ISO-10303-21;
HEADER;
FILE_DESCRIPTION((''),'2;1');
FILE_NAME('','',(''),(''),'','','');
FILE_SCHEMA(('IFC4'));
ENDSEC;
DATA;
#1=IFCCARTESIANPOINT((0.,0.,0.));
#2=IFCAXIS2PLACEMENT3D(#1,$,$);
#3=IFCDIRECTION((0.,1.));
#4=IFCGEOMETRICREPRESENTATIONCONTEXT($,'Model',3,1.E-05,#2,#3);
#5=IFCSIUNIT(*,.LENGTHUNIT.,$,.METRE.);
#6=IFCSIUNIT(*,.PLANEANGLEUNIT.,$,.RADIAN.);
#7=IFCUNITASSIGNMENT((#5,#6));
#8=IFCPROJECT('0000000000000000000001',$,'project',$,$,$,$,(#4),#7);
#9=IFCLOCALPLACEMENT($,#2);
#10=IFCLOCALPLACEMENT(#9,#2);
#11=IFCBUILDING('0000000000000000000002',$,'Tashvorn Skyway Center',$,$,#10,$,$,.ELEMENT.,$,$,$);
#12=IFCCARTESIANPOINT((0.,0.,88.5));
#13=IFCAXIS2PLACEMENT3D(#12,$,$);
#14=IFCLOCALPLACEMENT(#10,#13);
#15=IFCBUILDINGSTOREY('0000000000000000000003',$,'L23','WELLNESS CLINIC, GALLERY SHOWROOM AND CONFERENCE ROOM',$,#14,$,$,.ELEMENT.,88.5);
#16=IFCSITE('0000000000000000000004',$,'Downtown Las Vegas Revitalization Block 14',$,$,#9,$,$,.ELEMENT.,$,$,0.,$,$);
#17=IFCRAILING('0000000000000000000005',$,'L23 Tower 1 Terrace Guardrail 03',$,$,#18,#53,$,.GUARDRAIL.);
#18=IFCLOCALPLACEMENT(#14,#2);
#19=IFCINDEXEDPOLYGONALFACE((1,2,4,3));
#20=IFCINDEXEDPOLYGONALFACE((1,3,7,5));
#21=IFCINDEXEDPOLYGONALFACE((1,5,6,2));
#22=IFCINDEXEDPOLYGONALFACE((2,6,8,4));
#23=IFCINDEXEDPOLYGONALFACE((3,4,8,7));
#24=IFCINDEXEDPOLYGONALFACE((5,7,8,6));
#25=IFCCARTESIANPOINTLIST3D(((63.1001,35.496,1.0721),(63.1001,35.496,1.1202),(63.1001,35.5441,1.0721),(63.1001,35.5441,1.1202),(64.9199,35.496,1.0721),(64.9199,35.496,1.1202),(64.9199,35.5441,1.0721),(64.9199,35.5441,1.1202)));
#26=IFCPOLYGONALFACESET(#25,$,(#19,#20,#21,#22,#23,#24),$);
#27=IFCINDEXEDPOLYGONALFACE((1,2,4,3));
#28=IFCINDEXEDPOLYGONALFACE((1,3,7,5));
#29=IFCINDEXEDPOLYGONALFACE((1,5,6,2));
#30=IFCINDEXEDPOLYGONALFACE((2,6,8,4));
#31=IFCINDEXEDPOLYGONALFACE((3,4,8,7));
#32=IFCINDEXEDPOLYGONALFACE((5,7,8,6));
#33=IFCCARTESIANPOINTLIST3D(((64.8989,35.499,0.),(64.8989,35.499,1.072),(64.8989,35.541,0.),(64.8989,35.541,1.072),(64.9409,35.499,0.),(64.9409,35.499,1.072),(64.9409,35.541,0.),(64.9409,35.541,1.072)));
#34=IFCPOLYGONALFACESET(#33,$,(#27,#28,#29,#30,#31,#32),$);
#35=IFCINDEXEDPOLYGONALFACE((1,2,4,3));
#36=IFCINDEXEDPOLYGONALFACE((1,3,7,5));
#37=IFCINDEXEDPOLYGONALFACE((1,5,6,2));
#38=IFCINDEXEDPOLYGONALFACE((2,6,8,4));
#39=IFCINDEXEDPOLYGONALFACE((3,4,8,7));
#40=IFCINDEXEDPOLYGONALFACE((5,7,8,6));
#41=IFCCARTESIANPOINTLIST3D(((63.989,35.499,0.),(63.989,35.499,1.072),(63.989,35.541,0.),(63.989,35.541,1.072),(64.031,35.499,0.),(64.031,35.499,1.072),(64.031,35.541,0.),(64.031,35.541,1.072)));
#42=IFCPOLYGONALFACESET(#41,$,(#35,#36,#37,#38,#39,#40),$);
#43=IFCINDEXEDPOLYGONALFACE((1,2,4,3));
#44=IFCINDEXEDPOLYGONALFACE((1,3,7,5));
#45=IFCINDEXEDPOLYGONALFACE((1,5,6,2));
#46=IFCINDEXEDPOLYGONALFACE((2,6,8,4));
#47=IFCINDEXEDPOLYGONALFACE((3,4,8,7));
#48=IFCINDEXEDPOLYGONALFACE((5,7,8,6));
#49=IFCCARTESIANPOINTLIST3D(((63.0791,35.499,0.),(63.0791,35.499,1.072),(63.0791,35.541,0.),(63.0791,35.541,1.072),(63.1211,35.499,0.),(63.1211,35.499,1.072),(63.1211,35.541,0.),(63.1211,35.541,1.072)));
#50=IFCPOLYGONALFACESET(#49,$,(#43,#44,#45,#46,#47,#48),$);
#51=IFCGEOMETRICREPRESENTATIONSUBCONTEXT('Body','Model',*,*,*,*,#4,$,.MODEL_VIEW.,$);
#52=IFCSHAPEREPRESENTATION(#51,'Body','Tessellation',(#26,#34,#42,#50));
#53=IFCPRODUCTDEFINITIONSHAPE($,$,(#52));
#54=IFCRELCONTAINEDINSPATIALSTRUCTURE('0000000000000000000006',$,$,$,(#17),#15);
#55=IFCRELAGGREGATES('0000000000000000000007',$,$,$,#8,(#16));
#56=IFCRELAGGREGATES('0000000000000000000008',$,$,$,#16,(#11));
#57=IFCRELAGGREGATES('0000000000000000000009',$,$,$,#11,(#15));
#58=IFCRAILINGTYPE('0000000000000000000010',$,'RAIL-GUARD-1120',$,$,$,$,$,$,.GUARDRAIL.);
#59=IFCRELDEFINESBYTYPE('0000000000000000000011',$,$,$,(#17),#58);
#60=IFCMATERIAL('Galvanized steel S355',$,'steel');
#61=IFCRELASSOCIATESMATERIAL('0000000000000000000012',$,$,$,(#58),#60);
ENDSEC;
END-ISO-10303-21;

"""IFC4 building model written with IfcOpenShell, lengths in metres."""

from ifc_helpers import new_model, si_unit, direction, frame, origin, origin_2d, place, context, subcontext, project, spatial, rectangle, extrude, material, type_object, element, save


model = new_model("IFC4")

# Units and contexts
model_context = context("Model", 3, precision=1e-05, world=origin(), true_north=direction((0.0, 1.0)))
body_context = subcontext(model_context, "Body", "Model", "MODEL_VIEW")
ifc_project = project(units=[si_unit("LENGTHUNIT", "METRE"), si_unit("PLANEANGLEUNIT", "RADIAN")], contexts=[model_context])

# Site, building, storey
site_placement = place(None, origin())
site = spatial("IfcSite", under=ifc_project, at=site_placement, Name="Downtown Las Vegas Revitalization Block 14", CompositionType="ELEMENT", RefElevation=0.0)
building_placement = place(site_placement, origin())
building = spatial("IfcBuilding", under=site, at=building_placement, Name="Tashvorn Skyway Center", CompositionType="ELEMENT")
storey_placement = place(building_placement, frame((0.0, 0.0, 88.5)))
storey = spatial("IfcBuildingStorey", under=building, at=storey_placement, Name="L23", Description="WELLNESS CLINIC, GALLERY SHOWROOM AND CONFERENCE ROOM", CompositionType="ELEMENT", Elevation=88.5)

# Railing
ifc_material_1 = material(Name="Galvanized steel S355", Category="steel")
railing_type = type_object("IfcRailingType", Name="RAIL-GUARD-1120", PredefinedType="GUARDRAIL", material=ifc_material_1)
railing_placement = place(storey_placement, frame((64.9199, 35.52, 0.0)))
element("IfcRailing", 1, at=railing_placement, inside=storey, type_object=railing_type, Name="L23 Tower 1 Terrace Guardrail 03", PredefinedType="GUARDRAIL", context=body_context, shape_type="SweptSolid", body=[
    extrude(rectangle(XDim=0.0481, YDim=0.0481, at=origin_2d()), frame((0.0, 0.0, 1.0962), z_axis=(-1.0, 0.0, 0.0), x_axis=(0.0, -1.0, 0.0)), (0.0, 0.0, 1.0), 1.8198),
    extrude(rectangle(XDim=0.042, YDim=0.042, at=origin_2d()), origin(), (0.0, 0.0, 1.0), 1.072),
    extrude(rectangle(XDim=0.042, YDim=0.042, at=origin_2d()), frame((-0.9099, 0.0, 0.0)), (0.0, 0.0, 1.0), 1.072),
    extrude(rectangle(XDim=0.042, YDim=0.042, at=origin_2d()), frame((-1.8198, 0.0, 0.0)), (0.0, 0.0, 1.0), 1.072),
])

save(model, "model.ifc")
